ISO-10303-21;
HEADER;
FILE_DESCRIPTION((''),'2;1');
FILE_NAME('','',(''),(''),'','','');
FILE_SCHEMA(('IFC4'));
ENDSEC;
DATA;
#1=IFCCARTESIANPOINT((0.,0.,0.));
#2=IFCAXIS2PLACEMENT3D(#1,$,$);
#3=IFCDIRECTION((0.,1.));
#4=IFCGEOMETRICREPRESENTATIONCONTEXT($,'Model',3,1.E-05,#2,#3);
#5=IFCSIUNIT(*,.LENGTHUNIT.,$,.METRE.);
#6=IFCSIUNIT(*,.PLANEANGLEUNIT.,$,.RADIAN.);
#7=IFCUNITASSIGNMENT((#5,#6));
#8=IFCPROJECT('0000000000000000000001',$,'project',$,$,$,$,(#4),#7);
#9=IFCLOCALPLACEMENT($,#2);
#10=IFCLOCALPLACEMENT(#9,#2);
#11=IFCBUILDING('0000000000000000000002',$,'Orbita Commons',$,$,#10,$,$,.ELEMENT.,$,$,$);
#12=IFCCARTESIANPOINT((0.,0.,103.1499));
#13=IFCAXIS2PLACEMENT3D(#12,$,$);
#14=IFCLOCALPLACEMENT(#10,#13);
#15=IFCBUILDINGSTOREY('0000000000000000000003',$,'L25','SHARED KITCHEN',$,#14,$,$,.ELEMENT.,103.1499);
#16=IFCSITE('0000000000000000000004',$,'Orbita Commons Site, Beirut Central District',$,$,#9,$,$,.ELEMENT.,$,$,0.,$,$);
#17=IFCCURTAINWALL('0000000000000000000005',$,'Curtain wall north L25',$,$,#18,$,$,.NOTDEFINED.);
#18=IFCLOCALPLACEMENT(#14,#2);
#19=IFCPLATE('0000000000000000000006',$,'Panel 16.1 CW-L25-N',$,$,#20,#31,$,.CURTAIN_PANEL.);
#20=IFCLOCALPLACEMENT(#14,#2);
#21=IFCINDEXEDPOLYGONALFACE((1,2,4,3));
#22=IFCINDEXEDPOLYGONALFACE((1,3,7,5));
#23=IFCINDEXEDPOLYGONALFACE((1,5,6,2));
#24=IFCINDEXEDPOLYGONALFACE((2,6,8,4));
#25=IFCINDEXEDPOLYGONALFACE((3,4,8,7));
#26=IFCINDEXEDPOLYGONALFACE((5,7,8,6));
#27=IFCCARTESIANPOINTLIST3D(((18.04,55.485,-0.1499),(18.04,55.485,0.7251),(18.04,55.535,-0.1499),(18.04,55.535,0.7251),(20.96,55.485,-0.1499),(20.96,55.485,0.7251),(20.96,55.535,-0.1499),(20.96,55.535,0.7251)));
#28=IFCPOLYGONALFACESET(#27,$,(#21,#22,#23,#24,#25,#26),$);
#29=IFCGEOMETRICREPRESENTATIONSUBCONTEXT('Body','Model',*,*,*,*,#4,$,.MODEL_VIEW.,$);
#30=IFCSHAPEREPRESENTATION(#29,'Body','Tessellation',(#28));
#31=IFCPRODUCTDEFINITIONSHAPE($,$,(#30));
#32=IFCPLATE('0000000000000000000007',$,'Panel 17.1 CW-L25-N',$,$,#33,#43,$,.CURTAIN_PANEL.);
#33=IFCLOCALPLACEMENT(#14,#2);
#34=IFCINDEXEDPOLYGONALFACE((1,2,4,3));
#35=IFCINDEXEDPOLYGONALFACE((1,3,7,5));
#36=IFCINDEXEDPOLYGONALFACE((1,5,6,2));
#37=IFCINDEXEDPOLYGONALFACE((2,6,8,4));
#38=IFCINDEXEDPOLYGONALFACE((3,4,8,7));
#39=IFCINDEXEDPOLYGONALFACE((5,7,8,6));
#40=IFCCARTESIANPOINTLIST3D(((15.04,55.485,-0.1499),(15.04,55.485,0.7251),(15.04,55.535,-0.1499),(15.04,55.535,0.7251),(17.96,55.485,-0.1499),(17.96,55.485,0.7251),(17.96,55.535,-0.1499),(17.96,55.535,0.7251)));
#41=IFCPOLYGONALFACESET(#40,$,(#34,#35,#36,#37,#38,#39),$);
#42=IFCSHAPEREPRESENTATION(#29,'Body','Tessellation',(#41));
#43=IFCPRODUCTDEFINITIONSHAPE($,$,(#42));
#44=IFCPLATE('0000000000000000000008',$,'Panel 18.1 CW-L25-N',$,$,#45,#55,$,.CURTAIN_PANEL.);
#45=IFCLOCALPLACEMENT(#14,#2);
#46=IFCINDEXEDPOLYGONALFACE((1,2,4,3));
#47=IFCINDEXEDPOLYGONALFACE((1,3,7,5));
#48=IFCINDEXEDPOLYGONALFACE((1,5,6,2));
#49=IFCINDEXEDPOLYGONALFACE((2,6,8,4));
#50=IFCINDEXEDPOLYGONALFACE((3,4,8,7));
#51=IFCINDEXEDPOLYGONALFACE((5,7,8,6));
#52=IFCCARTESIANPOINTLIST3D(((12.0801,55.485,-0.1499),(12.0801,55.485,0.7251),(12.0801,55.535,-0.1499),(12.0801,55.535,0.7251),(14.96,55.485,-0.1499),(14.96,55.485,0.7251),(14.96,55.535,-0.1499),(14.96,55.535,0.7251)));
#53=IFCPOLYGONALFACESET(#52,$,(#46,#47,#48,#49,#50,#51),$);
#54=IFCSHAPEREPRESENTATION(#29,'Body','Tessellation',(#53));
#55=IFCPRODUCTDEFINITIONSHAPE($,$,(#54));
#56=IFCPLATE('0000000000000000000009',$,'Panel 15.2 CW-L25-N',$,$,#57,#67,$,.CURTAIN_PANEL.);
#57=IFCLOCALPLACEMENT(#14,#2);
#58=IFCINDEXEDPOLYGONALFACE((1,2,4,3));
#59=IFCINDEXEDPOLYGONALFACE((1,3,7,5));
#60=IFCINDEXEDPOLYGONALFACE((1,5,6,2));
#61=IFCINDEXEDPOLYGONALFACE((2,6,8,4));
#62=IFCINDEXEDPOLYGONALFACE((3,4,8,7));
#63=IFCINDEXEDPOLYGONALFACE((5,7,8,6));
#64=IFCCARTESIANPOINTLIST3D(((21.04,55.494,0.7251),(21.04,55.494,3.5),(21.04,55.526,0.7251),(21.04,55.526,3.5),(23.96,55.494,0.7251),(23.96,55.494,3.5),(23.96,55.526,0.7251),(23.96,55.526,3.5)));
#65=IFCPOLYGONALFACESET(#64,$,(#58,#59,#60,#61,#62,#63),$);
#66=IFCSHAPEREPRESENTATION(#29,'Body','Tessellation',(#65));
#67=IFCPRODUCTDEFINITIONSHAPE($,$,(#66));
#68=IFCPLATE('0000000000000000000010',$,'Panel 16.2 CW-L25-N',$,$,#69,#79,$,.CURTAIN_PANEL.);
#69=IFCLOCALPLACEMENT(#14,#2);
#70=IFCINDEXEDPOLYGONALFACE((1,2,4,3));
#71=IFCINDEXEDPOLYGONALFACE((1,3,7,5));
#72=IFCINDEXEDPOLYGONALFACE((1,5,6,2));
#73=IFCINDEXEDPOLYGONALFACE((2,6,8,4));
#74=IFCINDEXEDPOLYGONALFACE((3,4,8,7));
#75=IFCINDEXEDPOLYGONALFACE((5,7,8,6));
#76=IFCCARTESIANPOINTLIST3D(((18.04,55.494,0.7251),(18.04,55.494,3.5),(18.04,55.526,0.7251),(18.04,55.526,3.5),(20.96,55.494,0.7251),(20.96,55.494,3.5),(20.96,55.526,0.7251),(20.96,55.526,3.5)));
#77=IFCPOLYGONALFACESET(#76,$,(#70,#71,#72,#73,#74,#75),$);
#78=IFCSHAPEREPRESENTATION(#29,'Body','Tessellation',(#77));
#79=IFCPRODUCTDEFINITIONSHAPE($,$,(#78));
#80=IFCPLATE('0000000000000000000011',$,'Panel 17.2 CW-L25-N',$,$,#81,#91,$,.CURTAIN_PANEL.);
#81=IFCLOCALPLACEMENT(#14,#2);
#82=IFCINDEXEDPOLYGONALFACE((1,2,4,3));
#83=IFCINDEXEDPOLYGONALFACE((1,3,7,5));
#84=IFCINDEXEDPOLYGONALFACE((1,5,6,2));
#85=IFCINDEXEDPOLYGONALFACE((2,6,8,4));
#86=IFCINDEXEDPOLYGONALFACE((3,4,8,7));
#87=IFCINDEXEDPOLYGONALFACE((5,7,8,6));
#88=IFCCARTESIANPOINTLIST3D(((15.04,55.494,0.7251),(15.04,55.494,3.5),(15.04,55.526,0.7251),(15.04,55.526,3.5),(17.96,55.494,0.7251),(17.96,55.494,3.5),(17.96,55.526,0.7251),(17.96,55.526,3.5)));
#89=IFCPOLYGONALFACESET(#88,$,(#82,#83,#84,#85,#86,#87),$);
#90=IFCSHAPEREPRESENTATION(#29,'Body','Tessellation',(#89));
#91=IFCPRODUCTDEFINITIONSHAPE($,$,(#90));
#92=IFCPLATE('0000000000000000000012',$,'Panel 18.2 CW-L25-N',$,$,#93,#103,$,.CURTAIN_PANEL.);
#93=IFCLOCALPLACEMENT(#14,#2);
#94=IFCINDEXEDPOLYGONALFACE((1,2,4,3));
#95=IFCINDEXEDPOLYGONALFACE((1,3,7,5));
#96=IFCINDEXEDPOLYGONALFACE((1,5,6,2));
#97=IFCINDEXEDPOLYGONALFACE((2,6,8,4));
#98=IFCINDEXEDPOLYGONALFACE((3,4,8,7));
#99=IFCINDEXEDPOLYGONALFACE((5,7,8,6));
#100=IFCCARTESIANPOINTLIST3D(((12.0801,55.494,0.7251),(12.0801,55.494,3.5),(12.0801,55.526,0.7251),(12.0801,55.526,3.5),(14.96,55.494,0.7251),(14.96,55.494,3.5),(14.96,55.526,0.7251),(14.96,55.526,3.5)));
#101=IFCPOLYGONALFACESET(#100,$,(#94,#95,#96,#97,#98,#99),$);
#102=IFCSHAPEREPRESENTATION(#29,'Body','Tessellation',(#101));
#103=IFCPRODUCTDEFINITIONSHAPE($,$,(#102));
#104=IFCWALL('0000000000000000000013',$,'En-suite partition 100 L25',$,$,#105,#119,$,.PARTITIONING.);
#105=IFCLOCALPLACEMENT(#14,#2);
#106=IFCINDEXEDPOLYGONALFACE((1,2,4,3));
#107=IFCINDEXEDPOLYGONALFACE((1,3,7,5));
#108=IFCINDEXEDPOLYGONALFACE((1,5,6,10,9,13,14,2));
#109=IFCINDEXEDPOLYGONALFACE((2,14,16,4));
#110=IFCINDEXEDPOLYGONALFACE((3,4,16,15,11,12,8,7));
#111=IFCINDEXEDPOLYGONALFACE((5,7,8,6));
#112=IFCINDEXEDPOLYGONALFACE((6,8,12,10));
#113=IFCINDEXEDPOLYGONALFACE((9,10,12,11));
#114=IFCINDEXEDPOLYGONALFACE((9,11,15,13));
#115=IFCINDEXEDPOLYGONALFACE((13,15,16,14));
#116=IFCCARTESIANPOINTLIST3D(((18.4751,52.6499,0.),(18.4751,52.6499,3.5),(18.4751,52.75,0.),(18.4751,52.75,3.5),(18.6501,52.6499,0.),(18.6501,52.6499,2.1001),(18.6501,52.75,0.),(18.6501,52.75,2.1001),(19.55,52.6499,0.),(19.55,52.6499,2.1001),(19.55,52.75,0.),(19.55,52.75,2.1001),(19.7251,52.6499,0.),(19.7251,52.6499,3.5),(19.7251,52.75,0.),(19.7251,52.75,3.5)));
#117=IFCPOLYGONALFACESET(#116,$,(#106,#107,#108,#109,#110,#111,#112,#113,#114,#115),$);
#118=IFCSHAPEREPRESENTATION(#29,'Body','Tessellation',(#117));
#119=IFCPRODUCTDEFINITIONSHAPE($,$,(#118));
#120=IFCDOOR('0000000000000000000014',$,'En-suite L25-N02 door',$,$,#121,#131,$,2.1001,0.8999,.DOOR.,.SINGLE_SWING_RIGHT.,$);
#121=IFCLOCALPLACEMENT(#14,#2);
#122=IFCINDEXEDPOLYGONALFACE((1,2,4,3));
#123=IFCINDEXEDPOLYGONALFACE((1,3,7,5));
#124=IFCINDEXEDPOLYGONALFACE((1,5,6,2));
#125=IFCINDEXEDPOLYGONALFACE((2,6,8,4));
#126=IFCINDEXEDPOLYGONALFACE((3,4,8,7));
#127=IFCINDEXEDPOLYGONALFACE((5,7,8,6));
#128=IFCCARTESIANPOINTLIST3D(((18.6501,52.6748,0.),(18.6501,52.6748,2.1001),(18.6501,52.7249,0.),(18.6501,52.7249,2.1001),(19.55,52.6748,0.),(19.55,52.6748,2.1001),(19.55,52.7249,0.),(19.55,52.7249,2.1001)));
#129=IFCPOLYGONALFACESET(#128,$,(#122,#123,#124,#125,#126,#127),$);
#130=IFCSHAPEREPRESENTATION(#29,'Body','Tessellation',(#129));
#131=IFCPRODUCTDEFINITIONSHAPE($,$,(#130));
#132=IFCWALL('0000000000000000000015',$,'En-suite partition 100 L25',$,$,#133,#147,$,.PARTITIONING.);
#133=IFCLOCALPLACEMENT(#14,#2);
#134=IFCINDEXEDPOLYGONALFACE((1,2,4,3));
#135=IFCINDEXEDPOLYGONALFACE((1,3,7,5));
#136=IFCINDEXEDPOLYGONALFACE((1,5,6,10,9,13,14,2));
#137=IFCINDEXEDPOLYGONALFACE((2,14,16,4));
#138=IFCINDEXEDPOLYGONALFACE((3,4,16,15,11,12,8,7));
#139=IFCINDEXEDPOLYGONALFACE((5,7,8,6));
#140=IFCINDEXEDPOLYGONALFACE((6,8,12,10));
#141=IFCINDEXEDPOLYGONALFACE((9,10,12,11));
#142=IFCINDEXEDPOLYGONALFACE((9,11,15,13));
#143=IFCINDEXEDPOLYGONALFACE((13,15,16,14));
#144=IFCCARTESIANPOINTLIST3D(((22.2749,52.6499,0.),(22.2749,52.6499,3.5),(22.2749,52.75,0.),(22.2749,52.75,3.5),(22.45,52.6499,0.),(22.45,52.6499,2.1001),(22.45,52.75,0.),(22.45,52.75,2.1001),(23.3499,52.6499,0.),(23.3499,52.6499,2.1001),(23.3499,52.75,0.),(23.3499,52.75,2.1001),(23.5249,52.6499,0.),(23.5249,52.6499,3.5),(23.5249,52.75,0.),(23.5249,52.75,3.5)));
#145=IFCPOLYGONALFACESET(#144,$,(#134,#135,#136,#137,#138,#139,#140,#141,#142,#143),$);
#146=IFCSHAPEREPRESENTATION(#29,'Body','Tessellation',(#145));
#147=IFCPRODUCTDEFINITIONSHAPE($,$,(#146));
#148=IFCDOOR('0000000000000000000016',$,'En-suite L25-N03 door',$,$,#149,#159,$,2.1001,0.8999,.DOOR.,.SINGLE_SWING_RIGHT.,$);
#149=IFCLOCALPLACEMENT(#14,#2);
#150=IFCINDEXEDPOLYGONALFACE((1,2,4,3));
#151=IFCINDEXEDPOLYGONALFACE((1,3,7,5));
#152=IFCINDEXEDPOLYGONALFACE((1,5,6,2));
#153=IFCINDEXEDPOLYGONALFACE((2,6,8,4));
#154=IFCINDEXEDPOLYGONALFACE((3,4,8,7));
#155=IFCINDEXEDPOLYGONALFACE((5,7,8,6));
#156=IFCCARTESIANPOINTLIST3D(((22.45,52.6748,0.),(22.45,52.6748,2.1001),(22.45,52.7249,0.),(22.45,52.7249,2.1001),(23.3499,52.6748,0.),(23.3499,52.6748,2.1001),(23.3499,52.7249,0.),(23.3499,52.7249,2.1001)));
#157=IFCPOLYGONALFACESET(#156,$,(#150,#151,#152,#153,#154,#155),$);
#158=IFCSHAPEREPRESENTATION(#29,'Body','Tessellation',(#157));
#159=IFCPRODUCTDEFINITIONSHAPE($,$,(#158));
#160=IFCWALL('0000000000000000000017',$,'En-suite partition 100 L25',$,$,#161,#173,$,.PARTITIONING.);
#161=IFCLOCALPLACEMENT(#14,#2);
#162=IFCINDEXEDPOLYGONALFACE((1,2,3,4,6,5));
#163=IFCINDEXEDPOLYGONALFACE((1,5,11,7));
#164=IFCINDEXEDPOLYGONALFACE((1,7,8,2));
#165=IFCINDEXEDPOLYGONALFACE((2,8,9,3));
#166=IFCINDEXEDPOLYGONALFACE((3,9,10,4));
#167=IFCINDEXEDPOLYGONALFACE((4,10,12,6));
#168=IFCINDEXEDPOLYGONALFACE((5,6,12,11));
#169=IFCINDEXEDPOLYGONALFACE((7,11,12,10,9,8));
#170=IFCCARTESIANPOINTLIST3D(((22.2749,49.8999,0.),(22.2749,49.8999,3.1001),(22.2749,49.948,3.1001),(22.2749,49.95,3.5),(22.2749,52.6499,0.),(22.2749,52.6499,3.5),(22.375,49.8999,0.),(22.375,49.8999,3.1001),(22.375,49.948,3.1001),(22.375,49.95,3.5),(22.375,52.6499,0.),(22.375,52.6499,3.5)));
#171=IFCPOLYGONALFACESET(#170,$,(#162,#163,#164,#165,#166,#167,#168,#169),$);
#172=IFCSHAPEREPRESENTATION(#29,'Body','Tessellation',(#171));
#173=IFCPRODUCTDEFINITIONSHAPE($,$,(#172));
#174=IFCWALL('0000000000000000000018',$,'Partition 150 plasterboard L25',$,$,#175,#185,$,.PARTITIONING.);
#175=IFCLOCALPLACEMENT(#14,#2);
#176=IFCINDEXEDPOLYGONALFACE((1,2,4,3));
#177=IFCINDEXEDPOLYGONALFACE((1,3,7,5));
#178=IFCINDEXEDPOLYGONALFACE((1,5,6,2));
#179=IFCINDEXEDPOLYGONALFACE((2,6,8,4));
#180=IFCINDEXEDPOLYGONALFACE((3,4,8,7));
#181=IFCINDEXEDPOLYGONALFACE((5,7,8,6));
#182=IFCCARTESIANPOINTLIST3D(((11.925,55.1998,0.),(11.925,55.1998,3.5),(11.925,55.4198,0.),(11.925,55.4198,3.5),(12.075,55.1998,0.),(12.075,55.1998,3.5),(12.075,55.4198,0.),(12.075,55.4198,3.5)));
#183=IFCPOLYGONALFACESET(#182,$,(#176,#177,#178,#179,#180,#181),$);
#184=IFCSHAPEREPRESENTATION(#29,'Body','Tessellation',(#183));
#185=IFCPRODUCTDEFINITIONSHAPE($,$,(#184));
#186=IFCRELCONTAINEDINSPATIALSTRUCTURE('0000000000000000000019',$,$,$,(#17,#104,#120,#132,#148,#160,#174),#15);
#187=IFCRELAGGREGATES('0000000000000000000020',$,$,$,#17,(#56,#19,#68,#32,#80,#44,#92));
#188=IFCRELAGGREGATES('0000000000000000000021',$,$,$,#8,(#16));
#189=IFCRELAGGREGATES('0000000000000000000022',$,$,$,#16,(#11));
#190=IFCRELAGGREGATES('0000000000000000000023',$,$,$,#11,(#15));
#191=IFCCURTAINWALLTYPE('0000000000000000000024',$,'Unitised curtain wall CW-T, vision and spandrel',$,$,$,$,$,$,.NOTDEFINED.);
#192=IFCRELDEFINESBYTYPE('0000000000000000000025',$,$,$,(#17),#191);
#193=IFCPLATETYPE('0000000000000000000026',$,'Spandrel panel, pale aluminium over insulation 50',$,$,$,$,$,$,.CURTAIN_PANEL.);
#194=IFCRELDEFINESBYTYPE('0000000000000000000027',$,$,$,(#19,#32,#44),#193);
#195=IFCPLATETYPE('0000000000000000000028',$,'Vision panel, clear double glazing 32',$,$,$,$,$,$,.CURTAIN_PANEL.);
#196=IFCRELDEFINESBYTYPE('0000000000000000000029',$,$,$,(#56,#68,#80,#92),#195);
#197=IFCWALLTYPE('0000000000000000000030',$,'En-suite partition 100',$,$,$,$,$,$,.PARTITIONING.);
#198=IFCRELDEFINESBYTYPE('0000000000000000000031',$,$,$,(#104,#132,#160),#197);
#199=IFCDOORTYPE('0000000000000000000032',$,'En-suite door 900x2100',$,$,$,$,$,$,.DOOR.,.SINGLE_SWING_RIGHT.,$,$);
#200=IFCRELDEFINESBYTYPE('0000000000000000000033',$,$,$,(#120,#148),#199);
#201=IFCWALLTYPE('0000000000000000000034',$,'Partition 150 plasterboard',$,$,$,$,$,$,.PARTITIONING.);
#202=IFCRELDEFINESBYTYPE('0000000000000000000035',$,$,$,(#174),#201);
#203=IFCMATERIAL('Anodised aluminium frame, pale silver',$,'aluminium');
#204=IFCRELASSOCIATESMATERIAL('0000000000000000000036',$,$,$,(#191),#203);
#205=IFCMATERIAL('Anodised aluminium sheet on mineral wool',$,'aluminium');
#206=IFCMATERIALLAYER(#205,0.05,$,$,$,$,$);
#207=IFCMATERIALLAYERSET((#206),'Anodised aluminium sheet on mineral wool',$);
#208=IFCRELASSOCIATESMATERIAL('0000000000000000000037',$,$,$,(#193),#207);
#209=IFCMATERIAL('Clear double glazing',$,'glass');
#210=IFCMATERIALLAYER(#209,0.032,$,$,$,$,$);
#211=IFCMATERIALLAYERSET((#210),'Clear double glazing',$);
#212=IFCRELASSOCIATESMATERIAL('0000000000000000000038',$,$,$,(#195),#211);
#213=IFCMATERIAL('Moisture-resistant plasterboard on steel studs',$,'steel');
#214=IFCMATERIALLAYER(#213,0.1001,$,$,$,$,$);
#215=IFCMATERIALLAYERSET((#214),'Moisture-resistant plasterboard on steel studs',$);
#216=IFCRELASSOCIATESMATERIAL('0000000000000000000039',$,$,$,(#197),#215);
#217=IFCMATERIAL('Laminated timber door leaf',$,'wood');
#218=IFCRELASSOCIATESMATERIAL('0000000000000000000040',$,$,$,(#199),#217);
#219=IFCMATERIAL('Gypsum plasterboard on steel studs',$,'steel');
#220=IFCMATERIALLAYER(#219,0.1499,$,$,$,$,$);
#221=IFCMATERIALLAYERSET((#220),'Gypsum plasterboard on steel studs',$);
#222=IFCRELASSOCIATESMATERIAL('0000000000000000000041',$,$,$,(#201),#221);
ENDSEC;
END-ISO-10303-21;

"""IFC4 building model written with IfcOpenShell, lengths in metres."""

from ifc_helpers import new_model, si_unit, direction, frame, frame_2d, origin, origin_2d, place, context, subcontext, project, spatial, polyline, rectangle, outline, extrude, material, layer, layer_set, type_object, element, fill, aggregate, save


model = new_model("IFC4")

# Units and contexts
model_context = context("Model", 3, precision=1e-05, world=origin(), true_north=direction((0.0, 1.0)))
body_context = subcontext(model_context, "Body", "Model", "MODEL_VIEW")
ifc_project = project(units=[si_unit("LENGTHUNIT", "METRE"), si_unit("PLANEANGLEUNIT", "RADIAN")], contexts=[model_context])

# Site, building, storey
site_placement = place(None, origin())
site = spatial("IfcSite", under=ifc_project, at=site_placement, Name="Orbita Commons Site, Beirut Central District", CompositionType="ELEMENT", RefElevation=0.0)
building_placement = place(site_placement, origin())
building = spatial("IfcBuilding", under=site, at=building_placement, Name="Orbita Commons", CompositionType="ELEMENT")
storey_placement = place(building_placement, frame((0.0, 0.0, 103.1499)))
storey = spatial("IfcBuildingStorey", under=building, at=storey_placement, Name="L25", Description="SHARED KITCHEN", CompositionType="ELEMENT", Elevation=103.1499)

# Curtain wall
ifc_material_1 = material(Name="Anodised aluminium frame, pale silver", Category="aluminium")
curtain_wall_type = type_object("IfcCurtainWallType", Name="Unitised curtain wall CW-T, vision and spandrel", PredefinedType="NOTDEFINED", material=ifc_material_1)
curtain_wall_placement = place(storey_placement, origin())
curtain_wall = element("IfcCurtainWall", 1, at=curtain_wall_placement, inside=storey, type_object=curtain_wall_type, Name="Curtain wall north L25", PredefinedType="NOTDEFINED")

# Plates
ifc_material_2 = material(Name="Anodised aluminium sheet on mineral wool", Category="aluminium")
ifc_layer_1 = layer(ifc_material_2, 0.05)
ifc_layer_set_1 = layer_set([ifc_layer_1], Name="Anodised aluminium sheet on mineral wool")
plate_type_1 = type_object("IfcPlateType", Name="Spandrel panel, pale aluminium over insulation 50", PredefinedType="CURTAIN_PANEL", material=ifc_layer_set_1)
plate_1_placement = place(storey_placement, frame((19.5, 55.51, -0.1499), z_axis=(0.0, 0.0, 1.0), x_axis=(-1.0, 0.0, 0.0)))
plate_1 = element("IfcPlate", 2, at=plate_1_placement, type_object=plate_type_1, Name="Panel 16.1 CW-L25-N", PredefinedType="CURTAIN_PANEL", context=body_context, shape_type="SweptSolid", body=[
    extrude(rectangle(XDim=2.9199, YDim=0.05, at=origin_2d()), origin(), (0.0, 0.0, 1.0), 0.875),
])
plate_2_placement = place(storey_placement, frame((16.5, 55.51, -0.1499), z_axis=(0.0, 0.0, 1.0), x_axis=(-1.0, 0.0, 0.0)))
plate_2 = element("IfcPlate", 3, at=plate_2_placement, type_object=plate_type_1, Name="Panel 17.1 CW-L25-N", PredefinedType="CURTAIN_PANEL", context=body_context, shape_type="SweptSolid", body=[
    extrude(rectangle(XDim=2.9199, YDim=0.05, at=origin_2d()), origin(), (0.0, 0.0, 1.0), 0.875),
])
plate_3_placement = place(storey_placement, frame((13.52, 55.51, -0.1499), z_axis=(0.0, 0.0, 1.0), x_axis=(-1.0, 0.0, 0.0)))
plate_3 = element("IfcPlate", 4, at=plate_3_placement, type_object=plate_type_1, Name="Panel 18.1 CW-L25-N", PredefinedType="CURTAIN_PANEL", context=body_context, shape_type="SweptSolid", body=[
    extrude(rectangle(XDim=2.8799, YDim=0.05, at=origin_2d()), origin(), (0.0, 0.0, 1.0), 0.875),
])
ifc_material_3 = material(Name="Clear double glazing", Category="glass")
ifc_layer_2 = layer(ifc_material_3, 0.032)
ifc_layer_set_2 = layer_set([ifc_layer_2], Name="Clear double glazing")
plate_type_2 = type_object("IfcPlateType", Name="Vision panel, clear double glazing 32", PredefinedType="CURTAIN_PANEL", material=ifc_layer_set_2)
plate_4_placement = place(storey_placement, frame((22.5, 55.51, 0.7251), z_axis=(0.0, 0.0, 1.0), x_axis=(-1.0, 0.0, 0.0)))
plate_4 = element("IfcPlate", 5, at=plate_4_placement, type_object=plate_type_2, Name="Panel 15.2 CW-L25-N", PredefinedType="CURTAIN_PANEL", context=body_context, shape_type="SweptSolid", body=[
    extrude(rectangle(XDim=2.9199, YDim=0.032, at=origin_2d()), origin(), (0.0, 0.0, 1.0), 2.7749),
])
plate_5_placement = place(storey_placement, frame((19.5, 55.51, 0.7251), z_axis=(0.0, 0.0, 1.0), x_axis=(-1.0, 0.0, 0.0)))
plate_5 = element("IfcPlate", 6, at=plate_5_placement, type_object=plate_type_2, Name="Panel 16.2 CW-L25-N", PredefinedType="CURTAIN_PANEL", context=body_context, shape_type="SweptSolid", body=[
    extrude(rectangle(XDim=2.9199, YDim=0.032, at=origin_2d()), origin(), (0.0, 0.0, 1.0), 2.7749),
])
plate_6_placement = place(storey_placement, frame((16.5, 55.51, 0.7251), z_axis=(0.0, 0.0, 1.0), x_axis=(-1.0, 0.0, 0.0)))
plate_6 = element("IfcPlate", 7, at=plate_6_placement, type_object=plate_type_2, Name="Panel 17.2 CW-L25-N", PredefinedType="CURTAIN_PANEL", context=body_context, shape_type="SweptSolid", body=[
    extrude(rectangle(XDim=2.9199, YDim=0.032, at=origin_2d()), origin(), (0.0, 0.0, 1.0), 2.7749),
])
plate_7_placement = place(storey_placement, frame((13.52, 55.51, 0.7251), z_axis=(0.0, 0.0, 1.0), x_axis=(-1.0, 0.0, 0.0)))
plate_7 = element("IfcPlate", 8, at=plate_7_placement, type_object=plate_type_2, Name="Panel 18.2 CW-L25-N", PredefinedType="CURTAIN_PANEL", context=body_context, shape_type="SweptSolid", body=[
    extrude(rectangle(XDim=2.8799, YDim=0.032, at=origin_2d()), origin(), (0.0, 0.0, 1.0), 2.7749),
])
aggregate(curtain_wall, [plate_4, plate_1, plate_5, plate_2, plate_6, plate_3, plate_7])

# Walls, openings, doors
ifc_material_4 = material(Name="Moisture-resistant plasterboard on steel studs", Category="steel")
ifc_layer_3 = layer(ifc_material_4, 0.1001)
ifc_layer_set_3 = layer_set([ifc_layer_3], Name="Moisture-resistant plasterboard on steel studs")
wall_type_1 = type_object("IfcWallType", Name="En-suite partition 100", PredefinedType="PARTITIONING", material=ifc_layer_set_3)
wall_1_placement = place(storey_placement, frame((18.4751, 52.7, 0.0), z_axis=(0.0, 0.0, 1.0), x_axis=(1.0, 0.0, 0.0)))
wall_1 = element("IfcWall", 9, at=wall_1_placement, inside=storey, type_object=wall_type_1, Name="En-suite partition 100 L25", PredefinedType="PARTITIONING", context=body_context, shape_type="SweptSolid", body=[
    extrude(rectangle(XDim=1.25, YDim=0.1001, at=frame_2d((0.625, 0.0))), origin(), (0.0, 0.0, 1.0), 3.5),
])
opening_1_placement = place(wall_1_placement, frame((0.175, 0.0, 0.0)))
opening_1 = element("IfcOpeningElement", 10, at=opening_1_placement, cuts=wall_1, PredefinedType="OPENING", context=body_context, shape_type="SweptSolid", body=[
    extrude(rectangle(XDim=0.8999, YDim=2.1001, at=frame_2d((0.45, 1.05))), frame((0.0, 0.0601, 0.0), z_axis=(0.0, -1.0, 0.0), x_axis=(1.0, 0.0, 0.0)), (0.0, 0.0, 1.0), 0.1201),
])
ifc_material_5 = material(Name="Laminated timber door leaf", Category="wood")
door_type = type_object("IfcDoorType", Name="En-suite door 900x2100", OperationType="SINGLE_SWING_RIGHT", PredefinedType="DOOR", material=ifc_material_5)
door_1_placement = place(opening_1_placement, origin())
door_1 = element("IfcDoor", 11, at=door_1_placement, inside=storey, type_object=door_type, Name="En-suite L25-N02 door", OperationType="SINGLE_SWING_RIGHT", OverallHeight=2.1001, OverallWidth=0.8999, PredefinedType="DOOR", context=body_context, shape_type="SweptSolid", body=[
    extrude(rectangle(XDim=0.8999, YDim=2.1001, at=frame_2d((0.45, 1.05))), frame((0.0, 0.0249, 0.0), z_axis=(0.0, -1.0, 0.0), x_axis=(1.0, 0.0, 0.0)), (0.0, 0.0, 1.0), 0.05),
])
fill(opening_1, door_1)
wall_2_placement = place(storey_placement, frame((22.2749, 52.7, 0.0), z_axis=(0.0, 0.0, 1.0), x_axis=(1.0, 0.0, 0.0)))
wall_2 = element("IfcWall", 12, at=wall_2_placement, inside=storey, type_object=wall_type_1, Name="En-suite partition 100 L25", PredefinedType="PARTITIONING", context=body_context, shape_type="SweptSolid", body=[
    extrude(rectangle(XDim=1.25, YDim=0.1001, at=frame_2d((0.625, 0.0))), origin(), (0.0, 0.0, 1.0), 3.5),
])
opening_2_placement = place(wall_2_placement, frame((0.175, 0.0, 0.0)))
opening_2 = element("IfcOpeningElement", 13, at=opening_2_placement, cuts=wall_2, PredefinedType="OPENING", context=body_context, shape_type="SweptSolid", body=[
    extrude(rectangle(XDim=0.8999, YDim=2.1001, at=frame_2d((0.45, 1.05))), frame((0.0, 0.0601, 0.0), z_axis=(0.0, -1.0, 0.0), x_axis=(1.0, 0.0, 0.0)), (0.0, 0.0, 1.0), 0.1201),
])
door_2_placement = place(opening_2_placement, origin())
door_2 = element("IfcDoor", 14, at=door_2_placement, inside=storey, type_object=door_type, Name="En-suite L25-N03 door", OperationType="SINGLE_SWING_RIGHT", OverallHeight=2.1001, OverallWidth=0.8999, PredefinedType="DOOR", context=body_context, shape_type="SweptSolid", body=[
    extrude(rectangle(XDim=0.8999, YDim=2.1001, at=frame_2d((0.45, 1.05))), frame((0.0, 0.0249, 0.0), z_axis=(0.0, -1.0, 0.0), x_axis=(1.0, 0.0, 0.0)), (0.0, 0.0, 1.0), 0.05),
])
fill(opening_2, door_2)

# Walls
wall_3_placement = place(storey_placement, frame((22.325, 52.6499, 0.0), z_axis=(0.0, 0.0, 1.0), x_axis=(0.0, -1.0, 0.0)))
element("IfcWall", 15, at=wall_3_placement, inside=storey, type_object=wall_type_1, Name="En-suite partition 100 L25", PredefinedType="PARTITIONING", context=body_context, shape_type="SweptSolid", body=[
    extrude(outline(polyline([(0.0, 0.0), (2.75, 0.0), (2.75, 3.1001), (2.7019, 3.1001), (2.7, 3.5), (0.0, 3.5), (0.0, 0.0)])), frame((0.0, 0.05, 0.0), z_axis=(0.0, -1.0, 0.0), x_axis=(1.0, 0.0, 0.0)), (0.0, 0.0, 1.0), 0.1001),
])
ifc_material_6 = material(Name="Gypsum plasterboard on steel studs", Category="steel")
ifc_layer_4 = layer(ifc_material_6, 0.1499)
ifc_layer_set_4 = layer_set([ifc_layer_4], Name="Gypsum plasterboard on steel studs")
wall_type_2 = type_object("IfcWallType", Name="Partition 150 plasterboard", PredefinedType="PARTITIONING", material=ifc_layer_set_4)
wall_4_placement = place(storey_placement, frame((12.0, 55.2, 0.0), z_axis=(0.0, 0.0, 1.0), x_axis=(0.0, 1.0, 0.0)))
element("IfcWall", 16, at=wall_4_placement, inside=storey, type_object=wall_type_2, Name="Partition 150 plasterboard L25", PredefinedType="PARTITIONING", context=body_context, shape_type="SweptSolid", body=[
    extrude(rectangle(XDim=0.22, YDim=0.1499, at=frame_2d((0.1099, 0.0))), origin(), (0.0, 0.0, 1.0), 3.5),
])

save(model, "model.ifc")
